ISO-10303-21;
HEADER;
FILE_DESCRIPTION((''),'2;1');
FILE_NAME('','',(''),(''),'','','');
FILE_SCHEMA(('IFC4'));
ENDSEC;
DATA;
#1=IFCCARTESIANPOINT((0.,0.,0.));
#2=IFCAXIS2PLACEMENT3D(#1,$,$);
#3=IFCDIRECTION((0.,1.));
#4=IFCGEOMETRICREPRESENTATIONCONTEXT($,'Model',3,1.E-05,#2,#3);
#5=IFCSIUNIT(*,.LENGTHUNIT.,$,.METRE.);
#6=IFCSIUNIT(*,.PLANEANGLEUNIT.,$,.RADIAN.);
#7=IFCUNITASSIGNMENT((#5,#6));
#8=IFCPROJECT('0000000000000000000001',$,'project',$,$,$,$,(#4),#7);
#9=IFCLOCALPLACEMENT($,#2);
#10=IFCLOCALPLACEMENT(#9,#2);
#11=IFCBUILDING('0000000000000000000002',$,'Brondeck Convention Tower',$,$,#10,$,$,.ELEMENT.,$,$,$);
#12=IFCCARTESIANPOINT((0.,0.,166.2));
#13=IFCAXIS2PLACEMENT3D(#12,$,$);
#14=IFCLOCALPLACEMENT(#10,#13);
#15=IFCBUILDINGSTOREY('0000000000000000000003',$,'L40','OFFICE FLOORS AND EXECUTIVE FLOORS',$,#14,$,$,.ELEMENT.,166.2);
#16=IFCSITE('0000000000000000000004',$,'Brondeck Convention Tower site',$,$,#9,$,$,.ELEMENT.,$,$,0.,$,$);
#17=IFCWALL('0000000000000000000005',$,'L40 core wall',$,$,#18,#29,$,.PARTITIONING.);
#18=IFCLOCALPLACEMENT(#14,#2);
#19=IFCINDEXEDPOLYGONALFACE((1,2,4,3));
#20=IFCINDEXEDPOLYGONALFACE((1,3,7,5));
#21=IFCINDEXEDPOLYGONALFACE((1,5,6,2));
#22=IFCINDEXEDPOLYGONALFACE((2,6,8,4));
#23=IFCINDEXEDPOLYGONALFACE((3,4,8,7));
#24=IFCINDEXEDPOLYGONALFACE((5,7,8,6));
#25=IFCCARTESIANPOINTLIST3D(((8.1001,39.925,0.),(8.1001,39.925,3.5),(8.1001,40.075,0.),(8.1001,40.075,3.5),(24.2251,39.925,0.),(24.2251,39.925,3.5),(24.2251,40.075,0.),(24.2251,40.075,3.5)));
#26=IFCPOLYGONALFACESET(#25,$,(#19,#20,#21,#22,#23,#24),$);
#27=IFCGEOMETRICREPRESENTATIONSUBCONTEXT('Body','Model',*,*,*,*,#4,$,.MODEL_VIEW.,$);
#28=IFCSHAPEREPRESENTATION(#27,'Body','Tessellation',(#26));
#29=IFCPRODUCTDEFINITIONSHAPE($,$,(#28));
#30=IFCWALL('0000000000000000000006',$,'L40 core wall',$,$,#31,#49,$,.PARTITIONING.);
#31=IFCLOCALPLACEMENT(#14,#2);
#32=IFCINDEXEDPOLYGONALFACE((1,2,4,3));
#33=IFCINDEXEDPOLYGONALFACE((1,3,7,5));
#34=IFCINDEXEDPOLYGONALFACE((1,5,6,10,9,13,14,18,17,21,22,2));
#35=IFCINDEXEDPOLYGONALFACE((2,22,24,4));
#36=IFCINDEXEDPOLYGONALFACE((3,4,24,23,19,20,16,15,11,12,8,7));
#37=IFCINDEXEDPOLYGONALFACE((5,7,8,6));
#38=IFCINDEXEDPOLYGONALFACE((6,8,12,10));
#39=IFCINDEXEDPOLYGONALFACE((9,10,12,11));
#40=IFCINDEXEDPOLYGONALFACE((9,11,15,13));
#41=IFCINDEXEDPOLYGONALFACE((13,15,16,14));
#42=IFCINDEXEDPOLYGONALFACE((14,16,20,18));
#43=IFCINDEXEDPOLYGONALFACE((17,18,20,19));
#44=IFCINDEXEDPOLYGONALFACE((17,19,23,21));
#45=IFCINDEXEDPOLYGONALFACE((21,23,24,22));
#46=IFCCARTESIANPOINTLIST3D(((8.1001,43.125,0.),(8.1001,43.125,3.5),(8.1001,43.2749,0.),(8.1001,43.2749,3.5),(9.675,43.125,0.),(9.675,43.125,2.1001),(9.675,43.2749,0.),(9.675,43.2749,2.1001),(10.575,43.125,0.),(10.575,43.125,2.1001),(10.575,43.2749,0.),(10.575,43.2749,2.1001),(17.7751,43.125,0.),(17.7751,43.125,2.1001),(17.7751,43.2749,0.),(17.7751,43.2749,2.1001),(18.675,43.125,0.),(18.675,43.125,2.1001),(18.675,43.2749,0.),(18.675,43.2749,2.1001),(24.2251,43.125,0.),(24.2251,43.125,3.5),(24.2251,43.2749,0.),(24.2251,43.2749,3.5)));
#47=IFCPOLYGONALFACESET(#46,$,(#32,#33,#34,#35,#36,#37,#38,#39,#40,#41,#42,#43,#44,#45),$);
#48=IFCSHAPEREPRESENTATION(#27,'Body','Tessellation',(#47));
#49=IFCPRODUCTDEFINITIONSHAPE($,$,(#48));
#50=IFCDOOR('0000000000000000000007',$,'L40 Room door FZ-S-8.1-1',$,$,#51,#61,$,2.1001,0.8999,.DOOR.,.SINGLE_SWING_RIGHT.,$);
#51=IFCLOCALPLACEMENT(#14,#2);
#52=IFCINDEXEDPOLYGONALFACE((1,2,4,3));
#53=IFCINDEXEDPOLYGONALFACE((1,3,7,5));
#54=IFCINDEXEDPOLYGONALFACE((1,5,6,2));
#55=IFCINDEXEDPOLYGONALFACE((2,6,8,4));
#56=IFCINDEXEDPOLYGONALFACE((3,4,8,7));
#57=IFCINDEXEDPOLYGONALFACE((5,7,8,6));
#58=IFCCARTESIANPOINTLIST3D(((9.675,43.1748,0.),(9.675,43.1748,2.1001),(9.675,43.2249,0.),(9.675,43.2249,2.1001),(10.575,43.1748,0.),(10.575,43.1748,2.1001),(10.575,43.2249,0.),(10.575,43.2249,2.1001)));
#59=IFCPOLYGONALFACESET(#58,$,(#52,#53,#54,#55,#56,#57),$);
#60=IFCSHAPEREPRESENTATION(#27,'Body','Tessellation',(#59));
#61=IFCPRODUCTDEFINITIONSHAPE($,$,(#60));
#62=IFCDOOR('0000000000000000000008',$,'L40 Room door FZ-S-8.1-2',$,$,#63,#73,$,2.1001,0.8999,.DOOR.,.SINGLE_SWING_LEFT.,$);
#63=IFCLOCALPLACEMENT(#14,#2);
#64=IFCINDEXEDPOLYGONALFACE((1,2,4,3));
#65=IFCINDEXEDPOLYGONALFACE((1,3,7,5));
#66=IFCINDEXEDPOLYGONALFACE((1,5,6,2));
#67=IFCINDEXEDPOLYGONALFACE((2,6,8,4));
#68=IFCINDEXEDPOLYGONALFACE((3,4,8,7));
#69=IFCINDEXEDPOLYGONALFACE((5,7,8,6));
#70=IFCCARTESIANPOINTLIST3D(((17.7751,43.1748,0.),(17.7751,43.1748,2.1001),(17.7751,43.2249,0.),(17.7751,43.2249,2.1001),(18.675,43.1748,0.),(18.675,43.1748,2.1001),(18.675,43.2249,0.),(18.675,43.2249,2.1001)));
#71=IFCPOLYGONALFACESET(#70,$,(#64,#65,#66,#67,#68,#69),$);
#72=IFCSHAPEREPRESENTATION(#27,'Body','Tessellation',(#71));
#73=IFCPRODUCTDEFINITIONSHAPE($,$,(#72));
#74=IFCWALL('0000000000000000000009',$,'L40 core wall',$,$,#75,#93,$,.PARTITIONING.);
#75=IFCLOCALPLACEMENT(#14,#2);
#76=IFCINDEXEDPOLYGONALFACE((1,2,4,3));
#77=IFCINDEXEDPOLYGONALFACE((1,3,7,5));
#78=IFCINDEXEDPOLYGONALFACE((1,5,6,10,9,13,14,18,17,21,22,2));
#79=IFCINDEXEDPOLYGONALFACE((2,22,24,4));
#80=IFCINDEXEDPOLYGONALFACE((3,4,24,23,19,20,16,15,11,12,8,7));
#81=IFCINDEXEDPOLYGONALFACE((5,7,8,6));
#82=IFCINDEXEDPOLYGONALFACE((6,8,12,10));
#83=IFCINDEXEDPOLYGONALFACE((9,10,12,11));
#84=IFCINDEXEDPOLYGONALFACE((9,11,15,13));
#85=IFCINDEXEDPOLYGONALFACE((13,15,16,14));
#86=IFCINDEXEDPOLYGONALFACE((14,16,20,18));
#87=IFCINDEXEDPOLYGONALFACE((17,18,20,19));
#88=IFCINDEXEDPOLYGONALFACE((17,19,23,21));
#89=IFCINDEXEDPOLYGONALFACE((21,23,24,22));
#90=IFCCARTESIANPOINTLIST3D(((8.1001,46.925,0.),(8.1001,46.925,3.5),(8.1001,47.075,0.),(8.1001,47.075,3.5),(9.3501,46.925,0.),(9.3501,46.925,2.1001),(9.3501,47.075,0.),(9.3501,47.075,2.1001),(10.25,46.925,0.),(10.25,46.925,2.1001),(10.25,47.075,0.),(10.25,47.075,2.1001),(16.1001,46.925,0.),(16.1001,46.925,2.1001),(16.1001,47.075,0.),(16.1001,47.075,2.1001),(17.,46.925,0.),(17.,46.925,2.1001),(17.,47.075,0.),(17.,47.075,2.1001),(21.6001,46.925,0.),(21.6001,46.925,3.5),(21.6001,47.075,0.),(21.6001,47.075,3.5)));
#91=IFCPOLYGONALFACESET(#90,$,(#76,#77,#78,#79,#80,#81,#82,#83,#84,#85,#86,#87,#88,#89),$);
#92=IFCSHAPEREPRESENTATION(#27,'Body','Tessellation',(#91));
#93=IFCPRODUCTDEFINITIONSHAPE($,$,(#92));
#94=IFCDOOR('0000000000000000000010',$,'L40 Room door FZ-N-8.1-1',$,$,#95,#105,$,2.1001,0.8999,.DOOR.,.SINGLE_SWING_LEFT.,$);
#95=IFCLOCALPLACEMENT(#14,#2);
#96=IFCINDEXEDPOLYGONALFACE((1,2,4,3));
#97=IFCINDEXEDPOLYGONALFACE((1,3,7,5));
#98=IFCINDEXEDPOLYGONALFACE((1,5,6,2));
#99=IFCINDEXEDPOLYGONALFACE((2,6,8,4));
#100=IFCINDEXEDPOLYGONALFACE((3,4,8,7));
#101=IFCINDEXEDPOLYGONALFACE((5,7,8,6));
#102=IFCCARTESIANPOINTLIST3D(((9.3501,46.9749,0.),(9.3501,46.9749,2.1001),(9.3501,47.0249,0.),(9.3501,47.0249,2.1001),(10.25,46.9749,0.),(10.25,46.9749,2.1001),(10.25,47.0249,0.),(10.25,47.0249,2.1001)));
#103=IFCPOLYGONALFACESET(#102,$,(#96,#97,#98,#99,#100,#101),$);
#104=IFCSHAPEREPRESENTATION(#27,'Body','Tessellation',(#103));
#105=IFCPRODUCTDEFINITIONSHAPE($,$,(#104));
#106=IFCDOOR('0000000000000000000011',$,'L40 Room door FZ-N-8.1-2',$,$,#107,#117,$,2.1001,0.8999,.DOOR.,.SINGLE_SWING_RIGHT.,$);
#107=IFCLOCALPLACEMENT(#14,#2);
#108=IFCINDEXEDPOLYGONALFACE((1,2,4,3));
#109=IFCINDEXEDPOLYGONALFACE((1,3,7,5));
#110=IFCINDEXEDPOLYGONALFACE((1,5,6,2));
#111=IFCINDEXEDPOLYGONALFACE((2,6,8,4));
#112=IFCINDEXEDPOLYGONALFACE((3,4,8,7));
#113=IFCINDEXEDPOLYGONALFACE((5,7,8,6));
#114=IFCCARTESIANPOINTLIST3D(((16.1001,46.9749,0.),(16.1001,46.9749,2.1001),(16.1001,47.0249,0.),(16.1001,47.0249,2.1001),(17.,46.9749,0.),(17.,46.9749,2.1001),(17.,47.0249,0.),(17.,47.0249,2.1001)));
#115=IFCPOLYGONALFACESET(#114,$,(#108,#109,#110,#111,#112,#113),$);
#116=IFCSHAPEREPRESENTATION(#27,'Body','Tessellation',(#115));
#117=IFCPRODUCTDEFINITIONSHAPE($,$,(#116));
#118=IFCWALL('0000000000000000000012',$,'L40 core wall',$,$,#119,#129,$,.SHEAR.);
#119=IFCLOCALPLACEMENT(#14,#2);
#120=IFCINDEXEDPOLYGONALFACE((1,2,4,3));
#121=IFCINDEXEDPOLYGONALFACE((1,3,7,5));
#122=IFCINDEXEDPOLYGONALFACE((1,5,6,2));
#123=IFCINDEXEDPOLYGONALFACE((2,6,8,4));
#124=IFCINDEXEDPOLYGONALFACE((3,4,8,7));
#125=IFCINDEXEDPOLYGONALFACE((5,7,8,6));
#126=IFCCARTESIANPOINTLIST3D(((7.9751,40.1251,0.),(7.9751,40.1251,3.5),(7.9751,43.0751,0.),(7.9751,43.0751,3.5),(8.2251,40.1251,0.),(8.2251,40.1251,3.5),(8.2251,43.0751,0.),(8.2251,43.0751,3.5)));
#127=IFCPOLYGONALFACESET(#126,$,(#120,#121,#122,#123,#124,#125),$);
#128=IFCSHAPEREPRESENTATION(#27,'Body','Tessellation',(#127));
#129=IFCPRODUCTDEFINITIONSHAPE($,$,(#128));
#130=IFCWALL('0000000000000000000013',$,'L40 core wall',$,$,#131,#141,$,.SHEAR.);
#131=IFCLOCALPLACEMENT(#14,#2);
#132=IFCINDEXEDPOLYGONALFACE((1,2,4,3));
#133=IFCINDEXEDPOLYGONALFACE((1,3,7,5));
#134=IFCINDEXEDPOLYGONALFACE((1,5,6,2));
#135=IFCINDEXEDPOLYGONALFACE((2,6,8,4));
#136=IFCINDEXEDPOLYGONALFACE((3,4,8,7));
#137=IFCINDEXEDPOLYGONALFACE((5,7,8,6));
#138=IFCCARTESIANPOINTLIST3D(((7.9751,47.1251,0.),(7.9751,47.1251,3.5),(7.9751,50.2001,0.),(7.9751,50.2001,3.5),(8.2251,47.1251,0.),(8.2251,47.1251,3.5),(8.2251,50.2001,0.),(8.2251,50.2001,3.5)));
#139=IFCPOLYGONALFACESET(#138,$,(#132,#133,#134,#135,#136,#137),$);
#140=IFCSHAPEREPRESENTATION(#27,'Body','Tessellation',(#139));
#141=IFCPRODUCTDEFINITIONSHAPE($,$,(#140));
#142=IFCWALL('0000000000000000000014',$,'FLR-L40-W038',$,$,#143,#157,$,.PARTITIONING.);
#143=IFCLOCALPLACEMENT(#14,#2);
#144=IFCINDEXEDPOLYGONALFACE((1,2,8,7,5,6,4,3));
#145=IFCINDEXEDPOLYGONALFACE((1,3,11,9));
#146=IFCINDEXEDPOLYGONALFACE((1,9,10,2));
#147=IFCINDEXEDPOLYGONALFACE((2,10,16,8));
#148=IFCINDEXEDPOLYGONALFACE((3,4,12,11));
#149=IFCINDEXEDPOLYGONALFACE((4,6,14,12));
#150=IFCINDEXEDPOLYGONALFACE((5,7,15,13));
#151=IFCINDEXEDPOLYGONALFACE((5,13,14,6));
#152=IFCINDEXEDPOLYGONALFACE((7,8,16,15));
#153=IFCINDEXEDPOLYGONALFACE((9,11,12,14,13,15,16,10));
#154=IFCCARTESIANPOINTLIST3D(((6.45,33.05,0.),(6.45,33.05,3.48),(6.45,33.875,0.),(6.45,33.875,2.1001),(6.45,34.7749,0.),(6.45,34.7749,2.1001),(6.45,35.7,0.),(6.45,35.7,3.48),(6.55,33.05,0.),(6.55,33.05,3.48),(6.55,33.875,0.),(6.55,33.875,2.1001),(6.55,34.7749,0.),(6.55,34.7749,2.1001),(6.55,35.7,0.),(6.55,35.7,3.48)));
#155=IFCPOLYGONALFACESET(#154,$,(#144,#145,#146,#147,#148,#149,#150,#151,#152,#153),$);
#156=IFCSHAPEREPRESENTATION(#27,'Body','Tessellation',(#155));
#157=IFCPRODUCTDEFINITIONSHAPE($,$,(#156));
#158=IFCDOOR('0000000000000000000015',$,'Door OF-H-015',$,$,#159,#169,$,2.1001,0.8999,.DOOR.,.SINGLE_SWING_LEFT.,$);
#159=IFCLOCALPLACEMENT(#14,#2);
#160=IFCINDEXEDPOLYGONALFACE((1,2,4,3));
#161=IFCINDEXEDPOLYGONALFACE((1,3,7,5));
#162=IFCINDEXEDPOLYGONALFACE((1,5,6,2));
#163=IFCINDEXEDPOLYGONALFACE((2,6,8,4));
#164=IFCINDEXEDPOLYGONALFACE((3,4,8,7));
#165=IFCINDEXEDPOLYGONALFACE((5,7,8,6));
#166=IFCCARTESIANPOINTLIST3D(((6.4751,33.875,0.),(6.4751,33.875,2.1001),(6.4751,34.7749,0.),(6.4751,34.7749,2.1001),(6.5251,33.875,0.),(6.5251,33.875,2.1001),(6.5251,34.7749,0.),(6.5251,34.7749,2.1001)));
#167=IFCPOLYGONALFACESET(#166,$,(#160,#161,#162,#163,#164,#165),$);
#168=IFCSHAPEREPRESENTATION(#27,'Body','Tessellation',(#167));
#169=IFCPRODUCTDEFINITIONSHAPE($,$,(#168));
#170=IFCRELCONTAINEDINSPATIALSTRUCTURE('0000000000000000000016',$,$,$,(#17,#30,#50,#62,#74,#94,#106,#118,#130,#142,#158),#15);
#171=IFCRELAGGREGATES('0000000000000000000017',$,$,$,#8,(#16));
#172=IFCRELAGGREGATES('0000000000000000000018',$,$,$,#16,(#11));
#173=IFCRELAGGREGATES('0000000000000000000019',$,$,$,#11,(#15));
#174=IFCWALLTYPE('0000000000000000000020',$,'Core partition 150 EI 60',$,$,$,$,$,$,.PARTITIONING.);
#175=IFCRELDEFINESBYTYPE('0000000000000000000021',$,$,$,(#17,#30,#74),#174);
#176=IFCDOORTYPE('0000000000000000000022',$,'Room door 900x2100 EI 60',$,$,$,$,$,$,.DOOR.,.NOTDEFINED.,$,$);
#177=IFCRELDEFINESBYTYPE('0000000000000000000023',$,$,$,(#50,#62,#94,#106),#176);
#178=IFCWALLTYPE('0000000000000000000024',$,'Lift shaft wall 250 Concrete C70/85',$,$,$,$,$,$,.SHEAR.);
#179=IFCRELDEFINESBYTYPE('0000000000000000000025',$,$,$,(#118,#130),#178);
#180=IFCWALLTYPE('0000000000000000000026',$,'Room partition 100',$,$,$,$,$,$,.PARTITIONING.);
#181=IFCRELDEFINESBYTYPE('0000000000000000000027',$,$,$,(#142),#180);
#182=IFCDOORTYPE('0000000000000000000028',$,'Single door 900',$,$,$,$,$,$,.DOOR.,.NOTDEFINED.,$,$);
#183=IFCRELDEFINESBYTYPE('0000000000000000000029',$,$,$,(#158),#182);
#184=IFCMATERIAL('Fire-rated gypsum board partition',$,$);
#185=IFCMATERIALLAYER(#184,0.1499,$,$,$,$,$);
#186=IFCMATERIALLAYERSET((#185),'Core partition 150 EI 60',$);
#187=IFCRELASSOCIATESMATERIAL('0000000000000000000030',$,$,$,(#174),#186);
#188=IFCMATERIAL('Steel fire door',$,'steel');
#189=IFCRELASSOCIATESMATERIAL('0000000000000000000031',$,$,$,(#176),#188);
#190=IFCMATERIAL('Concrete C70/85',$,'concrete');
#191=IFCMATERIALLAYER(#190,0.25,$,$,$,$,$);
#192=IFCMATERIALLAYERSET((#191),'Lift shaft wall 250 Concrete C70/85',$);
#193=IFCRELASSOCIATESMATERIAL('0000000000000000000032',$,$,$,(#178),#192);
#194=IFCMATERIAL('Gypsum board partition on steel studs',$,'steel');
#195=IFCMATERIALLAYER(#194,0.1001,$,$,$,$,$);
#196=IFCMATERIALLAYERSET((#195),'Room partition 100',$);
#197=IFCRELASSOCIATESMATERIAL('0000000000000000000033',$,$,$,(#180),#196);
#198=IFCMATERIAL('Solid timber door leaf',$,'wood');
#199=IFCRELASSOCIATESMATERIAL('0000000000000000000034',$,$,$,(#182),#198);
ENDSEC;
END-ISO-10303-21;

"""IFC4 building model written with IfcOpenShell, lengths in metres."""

from ifc_helpers import new_model, si_unit, direction, frame, frame_2d, origin, place, context, subcontext, project, spatial, rectangle, extrude, material, layer, layer_set, type_object, element, fill, save


model = new_model("IFC4")

# Units and contexts
model_context = context("Model", 3, precision=1e-05, world=origin(), true_north=direction((0.0, 1.0)))
body_context = subcontext(model_context, "Body", "Model", "MODEL_VIEW")
ifc_project = project(units=[si_unit("LENGTHUNIT", "METRE"), si_unit("PLANEANGLEUNIT", "RADIAN")], contexts=[model_context])

# Site, building, storey
site_placement = place(None, origin())
site = spatial("IfcSite", under=ifc_project, at=site_placement, Name="Brondeck Convention Tower site", CompositionType="ELEMENT", RefElevation=0.0)
building_placement = place(site_placement, origin())
building = spatial("IfcBuilding", under=site, at=building_placement, Name="Brondeck Convention Tower", CompositionType="ELEMENT")
storey_placement = place(building_placement, frame((0.0, 0.0, 166.2)))
storey = spatial("IfcBuildingStorey", under=building, at=storey_placement, Name="L40", Description="OFFICE FLOORS AND EXECUTIVE FLOORS", CompositionType="ELEMENT", Elevation=166.2)

# Wall
ifc_material_1 = material(Name="Fire-rated gypsum board partition")
ifc_layer_1 = layer(ifc_material_1, 0.1499)
ifc_layer_set_1 = layer_set([ifc_layer_1], Name="Core partition 150 EI 60")
wall_type_1 = type_object("IfcWallType", Name="Core partition 150 EI 60", PredefinedType="PARTITIONING", material=ifc_layer_set_1)
wall_1_placement = place(storey_placement, frame((8.1001, 40.0, 0.0), z_axis=(0.0, 0.0, 1.0), x_axis=(1.0, 0.0, 0.0)))
element("IfcWall", 1, at=wall_1_placement, inside=storey, type_object=wall_type_1, Name="L40 core wall", PredefinedType="PARTITIONING", context=body_context, shape_type="SweptSolid", body=[
    extrude(rectangle(XDim=16.125, YDim=0.1499, at=frame_2d((8.0625, 0.0))), origin(), (0.0, 0.0, 1.0), 3.5),
])

# Walls, openings, doors
wall_2_placement = place(storey_placement, frame((8.1001, 43.2, 0.0), z_axis=(0.0, 0.0, 1.0), x_axis=(1.0, 0.0, 0.0)))
wall_2 = element("IfcWall", 2, at=wall_2_placement, inside=storey, type_object=wall_type_1, Name="L40 core wall", PredefinedType="PARTITIONING", context=body_context, shape_type="SweptSolid", body=[
    extrude(rectangle(XDim=16.125, YDim=0.1499, at=frame_2d((8.0625, 0.0))), origin(), (0.0, 0.0, 1.0), 3.5),
])
opening_1_placement = place(wall_2_placement, frame((1.575, 0.0, 0.0)))
opening_1 = element("IfcOpeningElement", 3, at=opening_1_placement, cuts=wall_2, PredefinedType="OPENING", context=body_context, shape_type="SweptSolid", body=[
    extrude(rectangle(XDim=0.8999, YDim=2.1001, at=frame_2d((0.45, 1.05))), frame((0.0, 0.085, 0.0), z_axis=(0.0, -1.0, 0.0), x_axis=(1.0, 0.0, 0.0)), (0.0, 0.0, 1.0), 0.1699),
])
opening_2_placement = place(wall_2_placement, frame((9.675, 0.0, 0.0)))
opening_2 = element("IfcOpeningElement", 4, at=opening_2_placement, cuts=wall_2, PredefinedType="OPENING", context=body_context, shape_type="SweptSolid", body=[
    extrude(rectangle(XDim=0.8999, YDim=2.1001, at=frame_2d((0.45, 1.05))), frame((0.0, 0.085, 0.0), z_axis=(0.0, -1.0, 0.0), x_axis=(1.0, 0.0, 0.0)), (0.0, 0.0, 1.0), 0.1699),
])
ifc_material_2 = material(Name="Steel fire door", Category="steel")
door_type_1 = type_object("IfcDoorType", Name="Room door 900x2100 EI 60", OperationType="NOTDEFINED", PredefinedType="DOOR", material=ifc_material_2)
door_1_placement = place(opening_1_placement, origin())
door_1 = element("IfcDoor", 5, at=door_1_placement, inside=storey, type_object=door_type_1, Name="L40 Room door FZ-S-8.1-1", OperationType="SINGLE_SWING_RIGHT", OverallHeight=2.1001, OverallWidth=0.8999, PredefinedType="DOOR", context=body_context, shape_type="SweptSolid", body=[
    extrude(rectangle(XDim=0.8999, YDim=2.1001, at=frame_2d((0.45, 1.05))), frame((0.0, 0.0249, 0.0), z_axis=(0.0, -1.0, 0.0), x_axis=(1.0, 0.0, 0.0)), (0.0, 0.0, 1.0), 0.05),
])
fill(opening_1, door_1)
door_2_placement = place(opening_2_placement, origin())
door_2 = element("IfcDoor", 6, at=door_2_placement, inside=storey, type_object=door_type_1, Name="L40 Room door FZ-S-8.1-2", OperationType="SINGLE_SWING_LEFT", OverallHeight=2.1001, OverallWidth=0.8999, PredefinedType="DOOR", context=body_context, shape_type="SweptSolid", body=[
    extrude(rectangle(XDim=0.8999, YDim=2.1001, at=frame_2d((0.45, 1.05))), frame((0.0, 0.0249, 0.0), z_axis=(0.0, -1.0, 0.0), x_axis=(1.0, 0.0, 0.0)), (0.0, 0.0, 1.0), 0.05),
])
fill(opening_2, door_2)
wall_3_placement = place(storey_placement, frame((8.1001, 47.0, 0.0), z_axis=(0.0, 0.0, 1.0), x_axis=(1.0, 0.0, 0.0)))
wall_3 = element("IfcWall", 7, at=wall_3_placement, inside=storey, type_object=wall_type_1, Name="L40 core wall", PredefinedType="PARTITIONING", context=body_context, shape_type="SweptSolid", body=[
    extrude(rectangle(XDim=13.5, YDim=0.1499, at=frame_2d((6.75, 0.0))), origin(), (0.0, 0.0, 1.0), 3.5),
])
opening_3_placement = place(wall_3_placement, frame((1.25, 0.0, 0.0)))
opening_3 = element("IfcOpeningElement", 8, at=opening_3_placement, cuts=wall_3, PredefinedType="OPENING", context=body_context, shape_type="SweptSolid", body=[
    extrude(rectangle(XDim=0.8999, YDim=2.1001, at=frame_2d((0.45, 1.05))), frame((0.0, 0.085, 0.0), z_axis=(0.0, -1.0, 0.0), x_axis=(1.0, 0.0, 0.0)), (0.0, 0.0, 1.0), 0.1699),
])
opening_4_placement = place(wall_3_placement, frame((8.0, 0.0, 0.0)))
opening_4 = element("IfcOpeningElement", 9, at=opening_4_placement, cuts=wall_3, PredefinedType="OPENING", context=body_context, shape_type="SweptSolid", body=[
    extrude(rectangle(XDim=0.8999, YDim=2.1001, at=frame_2d((0.45, 1.05))), frame((0.0, 0.085, 0.0), z_axis=(0.0, -1.0, 0.0), x_axis=(1.0, 0.0, 0.0)), (0.0, 0.0, 1.0), 0.1699),
])
door_3_placement = place(opening_3_placement, origin())
door_3 = element("IfcDoor", 10, at=door_3_placement, inside=storey, type_object=door_type_1, Name="L40 Room door FZ-N-8.1-1", OperationType="SINGLE_SWING_LEFT", OverallHeight=2.1001, OverallWidth=0.8999, PredefinedType="DOOR", context=body_context, shape_type="SweptSolid", body=[
    extrude(rectangle(XDim=0.8999, YDim=2.1001, at=frame_2d((0.45, 1.05))), frame((0.0, 0.0249, 0.0), z_axis=(0.0, -1.0, 0.0), x_axis=(1.0, 0.0, 0.0)), (0.0, 0.0, 1.0), 0.05),
])
fill(opening_3, door_3)
door_4_placement = place(opening_4_placement, origin())
door_4 = element("IfcDoor", 11, at=door_4_placement, inside=storey, type_object=door_type_1, Name="L40 Room door FZ-N-8.1-2", OperationType="SINGLE_SWING_RIGHT", OverallHeight=2.1001, OverallWidth=0.8999, PredefinedType="DOOR", context=body_context, shape_type="SweptSolid", body=[
    extrude(rectangle(XDim=0.8999, YDim=2.1001, at=frame_2d((0.45, 1.05))), frame((0.0, 0.0249, 0.0), z_axis=(0.0, -1.0, 0.0), x_axis=(1.0, 0.0, 0.0)), (0.0, 0.0, 1.0), 0.05),
])
fill(opening_4, door_4)

# Walls
ifc_material_3 = material(Name="Concrete C70/85", Category="concrete")
ifc_layer_2 = layer(ifc_material_3, 0.25)
ifc_layer_set_2 = layer_set([ifc_layer_2], Name="Lift shaft wall 250 Concrete C70/85")
wall_type_2 = type_object("IfcWallType", Name="Lift shaft wall 250 Concrete C70/85", PredefinedType="SHEAR", material=ifc_layer_set_2)
wall_4_placement = place(storey_placement, frame((8.1001, 40.125, 0.0), z_axis=(0.0, 0.0, 1.0), x_axis=(0.0, 1.0, 0.0)))
element("IfcWall", 12, at=wall_4_placement, inside=storey, type_object=wall_type_2, Name="L40 core wall", PredefinedType="SHEAR", context=body_context, shape_type="SweptSolid", body=[
    extrude(rectangle(XDim=2.95, YDim=0.25, at=frame_2d((1.4751, 0.0))), origin(), (0.0, 0.0, 1.0), 3.5),
])
wall_5_placement = place(storey_placement, frame((8.1001, 47.125, 0.0), z_axis=(0.0, 0.0, 1.0), x_axis=(0.0, 1.0, 0.0)))
element("IfcWall", 13, at=wall_5_placement, inside=storey, type_object=wall_type_2, Name="L40 core wall", PredefinedType="SHEAR", context=body_context, shape_type="SweptSolid", body=[
    extrude(rectangle(XDim=3.075, YDim=0.25, at=frame_2d((1.5376, 0.0))), origin(), (0.0, 0.0, 1.0), 3.5),
])

# Wall, opening, door
ifc_material_4 = material(Name="Gypsum board partition on steel studs", Category="steel")
ifc_layer_3 = layer(ifc_material_4, 0.1001)
ifc_layer_set_3 = layer_set([ifc_layer_3], Name="Room partition 100")
wall_type_3 = type_object("IfcWallType", Name="Room partition 100", PredefinedType="PARTITIONING", material=ifc_layer_set_3)
wall_6_placement = place(storey_placement, frame((6.5, 33.05, 0.0), z_axis=(0.0, 0.0, 1.0), x_axis=(0.0, 1.0, 0.0)))
wall_6 = element("IfcWall", 14, at=wall_6_placement, inside=storey, type_object=wall_type_3, Name="FLR-L40-W038", PredefinedType="PARTITIONING", context=body_context, shape_type="SweptSolid", body=[
    extrude(rectangle(XDim=2.6499, YDim=0.1001, at=frame_2d((1.325, 0.0))), origin(), (0.0, 0.0, 1.0), 3.48),
])
opening_5_placement = place(wall_6_placement, frame((0.825, 0.0, 0.0)))
opening_5 = element("IfcOpeningElement", 15, at=opening_5_placement, cuts=wall_6, PredefinedType="OPENING", context=body_context, shape_type="SweptSolid", body=[
    extrude(rectangle(XDim=0.8999, YDim=2.1001, at=frame_2d((0.45, 1.05))), frame((0.0, 0.0601, 0.0), z_axis=(0.0, -1.0, 0.0), x_axis=(1.0, 0.0, 0.0)), (0.0, 0.0, 1.0), 0.1201),
])
ifc_material_5 = material(Name="Solid timber door leaf", Category="wood")
door_type_2 = type_object("IfcDoorType", Name="Single door 900", OperationType="NOTDEFINED", PredefinedType="DOOR", material=ifc_material_5)
door_5_placement = place(opening_5_placement, origin())
door_5 = element("IfcDoor", 16, at=door_5_placement, inside=storey, type_object=door_type_2, Name="Door OF-H-015", OperationType="SINGLE_SWING_LEFT", OverallHeight=2.1001, OverallWidth=0.8999, PredefinedType="DOOR", context=body_context, shape_type="SweptSolid", body=[
    extrude(rectangle(XDim=0.8999, YDim=2.1001, at=frame_2d((0.45, 1.05))), frame((0.0, 0.0249, 0.0), z_axis=(0.0, -1.0, 0.0), x_axis=(1.0, 0.0, 0.0)), (0.0, 0.0, 1.0), 0.05),
])
fill(opening_5, door_5)

save(model, "model.ifc")
